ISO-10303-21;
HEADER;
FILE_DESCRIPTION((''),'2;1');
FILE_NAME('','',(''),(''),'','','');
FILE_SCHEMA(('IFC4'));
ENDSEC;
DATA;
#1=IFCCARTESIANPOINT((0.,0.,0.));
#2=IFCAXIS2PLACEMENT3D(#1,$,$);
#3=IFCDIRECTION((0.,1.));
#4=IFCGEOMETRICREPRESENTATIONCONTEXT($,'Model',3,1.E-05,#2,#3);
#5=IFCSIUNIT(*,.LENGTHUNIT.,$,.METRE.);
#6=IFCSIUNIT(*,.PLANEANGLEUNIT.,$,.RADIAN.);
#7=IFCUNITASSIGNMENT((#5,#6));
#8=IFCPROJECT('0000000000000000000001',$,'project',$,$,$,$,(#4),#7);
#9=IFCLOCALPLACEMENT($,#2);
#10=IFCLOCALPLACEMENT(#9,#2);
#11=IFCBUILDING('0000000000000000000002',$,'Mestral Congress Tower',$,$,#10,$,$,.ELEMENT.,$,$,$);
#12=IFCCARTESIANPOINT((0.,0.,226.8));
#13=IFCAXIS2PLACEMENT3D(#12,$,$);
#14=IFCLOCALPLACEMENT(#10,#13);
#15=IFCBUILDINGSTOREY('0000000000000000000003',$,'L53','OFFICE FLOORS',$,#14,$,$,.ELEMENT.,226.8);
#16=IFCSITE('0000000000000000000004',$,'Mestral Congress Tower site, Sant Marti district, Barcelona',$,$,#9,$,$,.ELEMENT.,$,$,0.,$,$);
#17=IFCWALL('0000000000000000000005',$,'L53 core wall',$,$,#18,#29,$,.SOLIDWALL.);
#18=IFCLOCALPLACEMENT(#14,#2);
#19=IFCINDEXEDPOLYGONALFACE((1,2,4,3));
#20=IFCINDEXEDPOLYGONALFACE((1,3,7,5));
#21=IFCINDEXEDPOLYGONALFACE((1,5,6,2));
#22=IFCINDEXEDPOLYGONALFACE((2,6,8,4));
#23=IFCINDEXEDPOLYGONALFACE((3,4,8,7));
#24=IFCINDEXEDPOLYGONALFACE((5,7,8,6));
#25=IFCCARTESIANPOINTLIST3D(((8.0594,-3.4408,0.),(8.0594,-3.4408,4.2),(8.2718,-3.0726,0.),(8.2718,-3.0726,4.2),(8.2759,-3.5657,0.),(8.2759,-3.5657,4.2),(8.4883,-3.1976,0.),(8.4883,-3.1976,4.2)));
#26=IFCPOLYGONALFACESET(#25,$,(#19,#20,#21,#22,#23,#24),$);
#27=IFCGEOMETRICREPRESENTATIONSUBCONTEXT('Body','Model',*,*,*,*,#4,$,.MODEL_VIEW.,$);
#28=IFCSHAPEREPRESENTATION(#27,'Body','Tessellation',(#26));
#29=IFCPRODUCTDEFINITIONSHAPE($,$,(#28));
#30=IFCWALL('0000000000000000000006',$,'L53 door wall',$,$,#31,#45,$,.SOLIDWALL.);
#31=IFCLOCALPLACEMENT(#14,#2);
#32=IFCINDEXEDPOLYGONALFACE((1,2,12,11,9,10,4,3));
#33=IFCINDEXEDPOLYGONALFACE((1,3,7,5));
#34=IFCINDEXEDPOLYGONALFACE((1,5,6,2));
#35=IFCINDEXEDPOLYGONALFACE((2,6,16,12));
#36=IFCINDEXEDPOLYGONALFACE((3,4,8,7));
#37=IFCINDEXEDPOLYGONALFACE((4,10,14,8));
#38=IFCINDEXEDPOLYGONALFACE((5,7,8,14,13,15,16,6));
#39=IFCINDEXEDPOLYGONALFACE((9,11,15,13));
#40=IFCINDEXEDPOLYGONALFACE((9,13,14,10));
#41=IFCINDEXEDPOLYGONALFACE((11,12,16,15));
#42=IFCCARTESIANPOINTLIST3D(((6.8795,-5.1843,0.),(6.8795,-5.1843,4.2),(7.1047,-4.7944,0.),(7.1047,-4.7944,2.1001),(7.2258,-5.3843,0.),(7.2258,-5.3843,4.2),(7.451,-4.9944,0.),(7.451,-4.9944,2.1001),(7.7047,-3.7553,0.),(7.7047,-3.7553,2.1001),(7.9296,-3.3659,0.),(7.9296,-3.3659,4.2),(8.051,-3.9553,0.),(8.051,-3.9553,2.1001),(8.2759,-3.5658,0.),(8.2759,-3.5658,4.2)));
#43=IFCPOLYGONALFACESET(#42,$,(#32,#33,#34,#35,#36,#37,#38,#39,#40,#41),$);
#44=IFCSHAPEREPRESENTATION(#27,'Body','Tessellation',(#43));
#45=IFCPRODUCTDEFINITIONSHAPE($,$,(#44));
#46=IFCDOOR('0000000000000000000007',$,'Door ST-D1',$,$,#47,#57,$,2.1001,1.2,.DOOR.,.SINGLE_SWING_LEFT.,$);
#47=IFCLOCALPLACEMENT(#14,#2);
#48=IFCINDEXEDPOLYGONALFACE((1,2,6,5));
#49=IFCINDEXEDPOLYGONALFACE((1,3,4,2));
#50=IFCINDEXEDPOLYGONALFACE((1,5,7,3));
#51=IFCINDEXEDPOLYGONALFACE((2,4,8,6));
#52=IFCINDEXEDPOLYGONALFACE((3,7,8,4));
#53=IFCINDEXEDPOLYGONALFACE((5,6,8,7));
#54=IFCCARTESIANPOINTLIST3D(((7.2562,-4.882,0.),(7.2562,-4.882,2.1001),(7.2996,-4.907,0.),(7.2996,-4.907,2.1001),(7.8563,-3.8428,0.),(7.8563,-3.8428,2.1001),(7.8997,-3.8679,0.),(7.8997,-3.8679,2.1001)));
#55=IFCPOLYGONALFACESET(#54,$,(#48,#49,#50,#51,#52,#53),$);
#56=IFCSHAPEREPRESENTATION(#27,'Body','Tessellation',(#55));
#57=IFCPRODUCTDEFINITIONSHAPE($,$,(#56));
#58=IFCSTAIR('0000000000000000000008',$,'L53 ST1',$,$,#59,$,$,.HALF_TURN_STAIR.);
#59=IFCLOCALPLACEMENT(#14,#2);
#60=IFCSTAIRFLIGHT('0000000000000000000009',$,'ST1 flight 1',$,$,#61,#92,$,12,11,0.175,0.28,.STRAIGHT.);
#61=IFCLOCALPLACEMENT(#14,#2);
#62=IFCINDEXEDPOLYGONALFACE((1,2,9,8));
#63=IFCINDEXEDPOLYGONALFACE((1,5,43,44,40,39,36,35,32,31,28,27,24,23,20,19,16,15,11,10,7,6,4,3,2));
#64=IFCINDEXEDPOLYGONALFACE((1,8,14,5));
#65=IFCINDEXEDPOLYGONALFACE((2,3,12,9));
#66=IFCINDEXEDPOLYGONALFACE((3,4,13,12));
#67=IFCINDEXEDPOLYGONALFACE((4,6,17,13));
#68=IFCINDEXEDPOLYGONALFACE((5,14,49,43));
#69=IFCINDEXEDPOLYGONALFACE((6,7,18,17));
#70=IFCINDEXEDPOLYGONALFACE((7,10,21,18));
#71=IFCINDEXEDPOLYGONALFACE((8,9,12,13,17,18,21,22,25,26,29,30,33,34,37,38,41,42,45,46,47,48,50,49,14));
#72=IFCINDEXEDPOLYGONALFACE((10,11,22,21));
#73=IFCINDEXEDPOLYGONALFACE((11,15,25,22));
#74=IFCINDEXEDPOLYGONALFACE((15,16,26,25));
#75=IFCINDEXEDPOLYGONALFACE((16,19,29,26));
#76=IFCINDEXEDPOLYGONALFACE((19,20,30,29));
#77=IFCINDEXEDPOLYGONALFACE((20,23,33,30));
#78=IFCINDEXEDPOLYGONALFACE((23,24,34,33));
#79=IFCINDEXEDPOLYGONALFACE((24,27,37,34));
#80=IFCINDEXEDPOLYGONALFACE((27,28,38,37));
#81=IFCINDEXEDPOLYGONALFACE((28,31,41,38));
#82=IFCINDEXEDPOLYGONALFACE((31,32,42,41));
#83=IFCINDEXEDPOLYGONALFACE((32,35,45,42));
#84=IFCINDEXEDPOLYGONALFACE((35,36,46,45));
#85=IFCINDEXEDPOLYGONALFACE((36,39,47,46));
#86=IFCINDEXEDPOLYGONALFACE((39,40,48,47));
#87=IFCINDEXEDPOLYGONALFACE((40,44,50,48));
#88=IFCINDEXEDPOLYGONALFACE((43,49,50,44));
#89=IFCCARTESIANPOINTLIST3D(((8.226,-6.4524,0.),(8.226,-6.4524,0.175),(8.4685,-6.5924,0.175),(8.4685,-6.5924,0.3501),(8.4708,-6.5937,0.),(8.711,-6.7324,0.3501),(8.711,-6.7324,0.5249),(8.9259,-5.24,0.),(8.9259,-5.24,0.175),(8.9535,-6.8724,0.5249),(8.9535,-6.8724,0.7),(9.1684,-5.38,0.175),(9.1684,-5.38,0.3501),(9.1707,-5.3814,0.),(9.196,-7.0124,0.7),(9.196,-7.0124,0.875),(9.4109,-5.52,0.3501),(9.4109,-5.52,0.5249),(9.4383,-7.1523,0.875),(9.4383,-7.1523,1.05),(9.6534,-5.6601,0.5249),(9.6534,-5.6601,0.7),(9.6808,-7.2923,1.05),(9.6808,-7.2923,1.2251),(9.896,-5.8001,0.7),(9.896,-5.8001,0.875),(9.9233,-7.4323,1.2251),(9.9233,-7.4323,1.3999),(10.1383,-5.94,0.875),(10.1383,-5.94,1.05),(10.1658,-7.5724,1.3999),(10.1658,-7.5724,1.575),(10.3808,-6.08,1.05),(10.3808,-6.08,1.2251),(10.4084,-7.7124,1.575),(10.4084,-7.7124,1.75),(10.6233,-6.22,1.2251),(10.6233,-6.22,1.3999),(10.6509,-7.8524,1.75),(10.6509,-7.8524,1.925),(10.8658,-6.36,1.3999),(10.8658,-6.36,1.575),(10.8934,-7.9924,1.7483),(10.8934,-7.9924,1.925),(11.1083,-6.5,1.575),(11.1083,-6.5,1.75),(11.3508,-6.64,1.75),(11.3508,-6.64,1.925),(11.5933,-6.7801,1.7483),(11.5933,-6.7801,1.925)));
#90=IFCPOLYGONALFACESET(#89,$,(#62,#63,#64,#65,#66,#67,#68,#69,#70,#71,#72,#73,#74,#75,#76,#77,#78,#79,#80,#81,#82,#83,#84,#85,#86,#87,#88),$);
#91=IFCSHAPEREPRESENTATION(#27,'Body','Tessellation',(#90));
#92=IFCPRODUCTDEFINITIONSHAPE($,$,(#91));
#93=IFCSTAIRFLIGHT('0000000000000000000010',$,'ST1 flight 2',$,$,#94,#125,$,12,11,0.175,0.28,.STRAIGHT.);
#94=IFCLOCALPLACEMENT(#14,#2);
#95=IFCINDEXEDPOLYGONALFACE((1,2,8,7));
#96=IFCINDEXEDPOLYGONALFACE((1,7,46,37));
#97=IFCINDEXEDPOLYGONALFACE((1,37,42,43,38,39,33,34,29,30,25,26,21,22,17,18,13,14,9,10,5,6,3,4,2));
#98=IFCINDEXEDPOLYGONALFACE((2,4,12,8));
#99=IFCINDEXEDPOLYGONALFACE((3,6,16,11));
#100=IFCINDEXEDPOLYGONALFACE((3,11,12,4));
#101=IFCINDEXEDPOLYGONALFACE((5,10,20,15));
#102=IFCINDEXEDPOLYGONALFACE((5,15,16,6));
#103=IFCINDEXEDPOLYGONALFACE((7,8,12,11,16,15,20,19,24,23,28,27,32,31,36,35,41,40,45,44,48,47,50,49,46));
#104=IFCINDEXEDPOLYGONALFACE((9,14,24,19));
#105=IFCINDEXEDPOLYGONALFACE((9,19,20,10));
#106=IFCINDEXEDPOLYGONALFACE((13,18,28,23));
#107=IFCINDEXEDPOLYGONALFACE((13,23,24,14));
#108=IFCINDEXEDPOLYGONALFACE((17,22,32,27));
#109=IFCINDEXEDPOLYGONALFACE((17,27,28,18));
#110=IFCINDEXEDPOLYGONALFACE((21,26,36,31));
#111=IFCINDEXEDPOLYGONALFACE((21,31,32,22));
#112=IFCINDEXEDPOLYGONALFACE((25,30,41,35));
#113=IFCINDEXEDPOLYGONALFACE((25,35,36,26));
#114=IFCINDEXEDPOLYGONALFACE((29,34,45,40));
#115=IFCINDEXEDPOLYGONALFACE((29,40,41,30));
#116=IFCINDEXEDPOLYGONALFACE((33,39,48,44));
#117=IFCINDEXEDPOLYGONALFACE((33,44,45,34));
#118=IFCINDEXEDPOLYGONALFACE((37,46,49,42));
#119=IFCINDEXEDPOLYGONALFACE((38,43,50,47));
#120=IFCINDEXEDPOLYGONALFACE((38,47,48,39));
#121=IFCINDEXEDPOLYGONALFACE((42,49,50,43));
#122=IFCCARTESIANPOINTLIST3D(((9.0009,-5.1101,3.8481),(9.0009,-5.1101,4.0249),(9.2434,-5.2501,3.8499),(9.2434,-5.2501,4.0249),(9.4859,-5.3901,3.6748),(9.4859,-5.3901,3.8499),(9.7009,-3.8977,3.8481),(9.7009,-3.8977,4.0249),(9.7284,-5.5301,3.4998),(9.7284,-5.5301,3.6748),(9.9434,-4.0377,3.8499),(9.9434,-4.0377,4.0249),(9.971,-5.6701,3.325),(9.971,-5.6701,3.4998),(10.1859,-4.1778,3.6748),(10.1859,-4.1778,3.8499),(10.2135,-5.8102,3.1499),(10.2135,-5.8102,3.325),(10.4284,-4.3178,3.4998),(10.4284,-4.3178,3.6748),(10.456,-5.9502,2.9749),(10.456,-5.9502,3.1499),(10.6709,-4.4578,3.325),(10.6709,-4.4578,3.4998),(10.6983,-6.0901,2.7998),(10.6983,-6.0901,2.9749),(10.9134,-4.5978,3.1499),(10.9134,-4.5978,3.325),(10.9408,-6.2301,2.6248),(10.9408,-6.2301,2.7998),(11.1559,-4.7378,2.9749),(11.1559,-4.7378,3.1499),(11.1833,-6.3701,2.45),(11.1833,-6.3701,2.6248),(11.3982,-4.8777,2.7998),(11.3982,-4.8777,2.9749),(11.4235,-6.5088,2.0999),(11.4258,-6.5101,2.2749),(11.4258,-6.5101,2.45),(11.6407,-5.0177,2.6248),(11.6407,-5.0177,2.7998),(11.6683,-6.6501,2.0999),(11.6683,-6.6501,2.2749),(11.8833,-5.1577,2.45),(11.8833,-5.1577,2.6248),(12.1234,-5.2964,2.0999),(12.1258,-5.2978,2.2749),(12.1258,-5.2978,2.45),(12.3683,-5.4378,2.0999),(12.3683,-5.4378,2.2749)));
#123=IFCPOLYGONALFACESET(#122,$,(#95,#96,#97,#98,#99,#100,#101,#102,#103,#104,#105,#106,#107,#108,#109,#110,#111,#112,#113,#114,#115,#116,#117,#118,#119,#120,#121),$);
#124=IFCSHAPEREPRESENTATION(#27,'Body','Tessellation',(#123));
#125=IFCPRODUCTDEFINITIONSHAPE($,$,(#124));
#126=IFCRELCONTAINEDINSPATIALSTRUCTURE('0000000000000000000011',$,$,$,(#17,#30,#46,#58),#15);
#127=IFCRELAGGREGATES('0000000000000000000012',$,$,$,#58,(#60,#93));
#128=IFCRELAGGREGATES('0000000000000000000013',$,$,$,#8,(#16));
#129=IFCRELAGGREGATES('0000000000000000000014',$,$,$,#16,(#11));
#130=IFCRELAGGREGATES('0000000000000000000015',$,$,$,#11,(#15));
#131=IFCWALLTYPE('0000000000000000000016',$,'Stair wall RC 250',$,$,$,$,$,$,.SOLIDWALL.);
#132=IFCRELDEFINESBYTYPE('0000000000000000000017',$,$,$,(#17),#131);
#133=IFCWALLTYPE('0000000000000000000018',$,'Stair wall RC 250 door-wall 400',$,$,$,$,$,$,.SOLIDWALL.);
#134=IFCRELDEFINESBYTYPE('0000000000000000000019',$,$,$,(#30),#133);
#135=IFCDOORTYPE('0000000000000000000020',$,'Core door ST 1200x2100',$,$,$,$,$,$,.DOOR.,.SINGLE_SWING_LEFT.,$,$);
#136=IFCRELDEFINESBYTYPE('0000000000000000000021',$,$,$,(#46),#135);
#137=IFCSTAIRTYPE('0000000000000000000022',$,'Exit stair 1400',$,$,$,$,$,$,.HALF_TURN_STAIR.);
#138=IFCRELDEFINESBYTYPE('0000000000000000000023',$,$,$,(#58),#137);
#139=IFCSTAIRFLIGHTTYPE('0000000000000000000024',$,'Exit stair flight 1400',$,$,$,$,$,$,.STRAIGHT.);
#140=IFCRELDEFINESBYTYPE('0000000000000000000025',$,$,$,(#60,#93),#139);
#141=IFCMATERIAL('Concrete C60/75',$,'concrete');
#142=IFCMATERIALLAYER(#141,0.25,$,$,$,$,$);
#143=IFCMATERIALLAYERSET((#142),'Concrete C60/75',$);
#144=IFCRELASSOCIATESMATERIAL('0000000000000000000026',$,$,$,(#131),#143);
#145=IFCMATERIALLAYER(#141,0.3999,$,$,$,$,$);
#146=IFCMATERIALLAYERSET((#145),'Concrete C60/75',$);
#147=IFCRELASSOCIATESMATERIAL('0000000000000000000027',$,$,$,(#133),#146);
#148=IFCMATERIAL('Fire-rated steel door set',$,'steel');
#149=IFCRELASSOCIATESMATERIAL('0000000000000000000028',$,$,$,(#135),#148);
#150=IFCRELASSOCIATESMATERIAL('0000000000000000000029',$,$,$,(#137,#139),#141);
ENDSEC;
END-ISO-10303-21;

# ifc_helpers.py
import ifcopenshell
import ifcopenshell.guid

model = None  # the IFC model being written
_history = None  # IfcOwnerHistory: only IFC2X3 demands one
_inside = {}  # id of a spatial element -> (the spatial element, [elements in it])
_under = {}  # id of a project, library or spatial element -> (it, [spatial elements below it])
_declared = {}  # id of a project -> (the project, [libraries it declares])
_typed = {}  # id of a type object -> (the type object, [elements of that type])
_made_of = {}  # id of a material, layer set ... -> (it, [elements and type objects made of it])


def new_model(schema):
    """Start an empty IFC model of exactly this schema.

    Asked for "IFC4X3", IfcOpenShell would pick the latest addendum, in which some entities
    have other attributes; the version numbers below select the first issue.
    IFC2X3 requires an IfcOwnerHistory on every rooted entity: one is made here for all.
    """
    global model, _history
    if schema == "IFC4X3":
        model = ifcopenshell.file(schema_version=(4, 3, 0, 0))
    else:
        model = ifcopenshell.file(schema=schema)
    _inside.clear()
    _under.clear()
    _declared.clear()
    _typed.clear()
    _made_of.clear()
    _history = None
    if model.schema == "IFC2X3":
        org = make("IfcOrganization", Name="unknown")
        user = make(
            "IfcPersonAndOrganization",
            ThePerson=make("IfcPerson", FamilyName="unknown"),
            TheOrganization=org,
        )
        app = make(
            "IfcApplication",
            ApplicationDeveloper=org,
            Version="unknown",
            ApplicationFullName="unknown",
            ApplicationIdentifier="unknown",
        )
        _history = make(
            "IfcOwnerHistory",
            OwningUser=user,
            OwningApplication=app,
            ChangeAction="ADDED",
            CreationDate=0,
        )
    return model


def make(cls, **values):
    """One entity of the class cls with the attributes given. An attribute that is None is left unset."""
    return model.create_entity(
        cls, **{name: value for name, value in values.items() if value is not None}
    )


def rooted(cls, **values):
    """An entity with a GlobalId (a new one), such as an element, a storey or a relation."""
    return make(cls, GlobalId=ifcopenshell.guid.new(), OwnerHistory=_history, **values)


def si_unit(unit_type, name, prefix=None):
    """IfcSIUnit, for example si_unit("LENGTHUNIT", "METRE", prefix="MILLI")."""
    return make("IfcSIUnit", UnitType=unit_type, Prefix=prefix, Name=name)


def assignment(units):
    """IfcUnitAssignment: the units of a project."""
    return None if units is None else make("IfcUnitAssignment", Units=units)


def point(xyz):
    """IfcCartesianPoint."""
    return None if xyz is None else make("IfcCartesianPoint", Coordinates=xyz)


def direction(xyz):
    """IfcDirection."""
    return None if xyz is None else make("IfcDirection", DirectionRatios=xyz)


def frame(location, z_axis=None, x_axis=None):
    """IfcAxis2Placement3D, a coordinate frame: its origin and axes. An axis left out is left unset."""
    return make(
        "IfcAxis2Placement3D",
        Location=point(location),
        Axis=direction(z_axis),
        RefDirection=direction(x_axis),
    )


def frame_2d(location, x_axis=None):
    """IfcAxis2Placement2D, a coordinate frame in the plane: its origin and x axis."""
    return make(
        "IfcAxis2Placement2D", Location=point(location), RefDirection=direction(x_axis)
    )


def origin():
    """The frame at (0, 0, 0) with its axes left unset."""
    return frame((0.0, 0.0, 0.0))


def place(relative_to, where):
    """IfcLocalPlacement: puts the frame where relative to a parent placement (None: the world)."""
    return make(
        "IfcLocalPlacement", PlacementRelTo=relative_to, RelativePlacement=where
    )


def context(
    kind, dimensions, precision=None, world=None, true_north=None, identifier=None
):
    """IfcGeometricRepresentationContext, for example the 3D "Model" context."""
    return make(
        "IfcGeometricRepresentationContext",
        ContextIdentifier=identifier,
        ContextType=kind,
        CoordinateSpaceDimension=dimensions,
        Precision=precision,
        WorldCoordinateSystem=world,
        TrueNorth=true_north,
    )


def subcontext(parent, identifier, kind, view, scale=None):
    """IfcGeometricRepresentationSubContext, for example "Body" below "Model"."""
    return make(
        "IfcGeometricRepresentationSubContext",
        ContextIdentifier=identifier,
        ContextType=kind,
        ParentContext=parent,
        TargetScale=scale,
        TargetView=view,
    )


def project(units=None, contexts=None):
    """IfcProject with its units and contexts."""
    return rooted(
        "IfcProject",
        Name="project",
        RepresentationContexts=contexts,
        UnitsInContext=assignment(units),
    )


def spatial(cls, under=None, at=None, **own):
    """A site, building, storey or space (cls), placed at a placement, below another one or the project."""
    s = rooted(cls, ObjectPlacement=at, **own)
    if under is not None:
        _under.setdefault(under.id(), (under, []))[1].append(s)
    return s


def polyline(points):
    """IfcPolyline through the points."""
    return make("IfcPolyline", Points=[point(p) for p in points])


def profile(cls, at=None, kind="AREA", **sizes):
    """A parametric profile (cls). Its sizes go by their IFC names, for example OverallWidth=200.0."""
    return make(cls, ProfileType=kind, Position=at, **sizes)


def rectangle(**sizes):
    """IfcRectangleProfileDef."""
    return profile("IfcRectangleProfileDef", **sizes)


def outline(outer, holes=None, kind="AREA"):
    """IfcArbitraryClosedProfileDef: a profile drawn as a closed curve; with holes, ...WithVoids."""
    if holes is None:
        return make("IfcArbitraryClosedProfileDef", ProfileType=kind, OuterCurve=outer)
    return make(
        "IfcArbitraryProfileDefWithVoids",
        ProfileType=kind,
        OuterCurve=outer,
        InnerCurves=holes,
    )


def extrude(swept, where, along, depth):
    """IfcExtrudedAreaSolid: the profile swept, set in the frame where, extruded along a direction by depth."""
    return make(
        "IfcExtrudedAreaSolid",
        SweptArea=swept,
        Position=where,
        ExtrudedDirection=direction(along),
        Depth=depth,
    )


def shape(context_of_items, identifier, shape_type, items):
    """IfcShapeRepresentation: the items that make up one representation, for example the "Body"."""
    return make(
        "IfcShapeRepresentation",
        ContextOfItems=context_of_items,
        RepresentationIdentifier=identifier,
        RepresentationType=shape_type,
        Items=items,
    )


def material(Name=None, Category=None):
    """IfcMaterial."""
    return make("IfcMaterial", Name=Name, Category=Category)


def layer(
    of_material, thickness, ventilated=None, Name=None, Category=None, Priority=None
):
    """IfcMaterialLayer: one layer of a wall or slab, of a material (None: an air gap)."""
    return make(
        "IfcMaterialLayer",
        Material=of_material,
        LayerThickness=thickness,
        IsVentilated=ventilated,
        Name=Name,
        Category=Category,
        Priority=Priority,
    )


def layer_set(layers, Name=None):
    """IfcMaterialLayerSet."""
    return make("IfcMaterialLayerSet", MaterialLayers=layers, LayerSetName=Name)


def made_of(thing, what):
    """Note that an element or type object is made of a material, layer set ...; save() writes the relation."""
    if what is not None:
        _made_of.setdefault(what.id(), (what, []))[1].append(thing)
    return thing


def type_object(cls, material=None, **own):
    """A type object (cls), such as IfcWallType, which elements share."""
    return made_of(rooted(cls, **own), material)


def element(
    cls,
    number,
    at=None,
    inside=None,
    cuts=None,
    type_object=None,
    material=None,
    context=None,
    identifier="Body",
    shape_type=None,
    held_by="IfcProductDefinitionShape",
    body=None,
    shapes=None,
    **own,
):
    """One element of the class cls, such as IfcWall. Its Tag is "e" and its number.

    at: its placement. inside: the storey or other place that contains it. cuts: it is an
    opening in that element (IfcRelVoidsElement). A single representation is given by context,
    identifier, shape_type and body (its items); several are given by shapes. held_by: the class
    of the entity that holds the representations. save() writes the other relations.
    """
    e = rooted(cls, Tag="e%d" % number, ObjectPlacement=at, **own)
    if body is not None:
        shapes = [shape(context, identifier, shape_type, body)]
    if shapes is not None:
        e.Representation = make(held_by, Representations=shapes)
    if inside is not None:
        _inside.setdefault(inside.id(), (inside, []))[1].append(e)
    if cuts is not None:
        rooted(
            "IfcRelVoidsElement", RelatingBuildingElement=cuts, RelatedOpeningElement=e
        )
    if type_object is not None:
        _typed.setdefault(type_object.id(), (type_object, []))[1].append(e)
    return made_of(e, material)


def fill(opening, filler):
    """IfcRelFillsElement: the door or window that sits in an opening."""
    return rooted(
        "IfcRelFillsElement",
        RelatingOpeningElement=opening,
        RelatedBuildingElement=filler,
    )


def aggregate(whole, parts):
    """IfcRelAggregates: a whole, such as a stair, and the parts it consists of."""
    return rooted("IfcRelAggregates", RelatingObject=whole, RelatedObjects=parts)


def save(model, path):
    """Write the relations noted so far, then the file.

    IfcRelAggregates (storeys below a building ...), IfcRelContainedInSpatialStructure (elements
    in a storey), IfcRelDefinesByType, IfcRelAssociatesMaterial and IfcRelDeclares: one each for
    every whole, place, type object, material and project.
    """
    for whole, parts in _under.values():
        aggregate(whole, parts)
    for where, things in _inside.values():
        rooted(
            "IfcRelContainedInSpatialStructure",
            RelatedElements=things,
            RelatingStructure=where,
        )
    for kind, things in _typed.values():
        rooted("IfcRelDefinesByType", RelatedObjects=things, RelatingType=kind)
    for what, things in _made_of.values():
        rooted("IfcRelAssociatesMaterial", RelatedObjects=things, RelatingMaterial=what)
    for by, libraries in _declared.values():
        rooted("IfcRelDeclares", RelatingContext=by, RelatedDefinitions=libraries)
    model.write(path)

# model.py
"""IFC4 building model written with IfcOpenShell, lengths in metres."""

from ifc_helpers import new_model, si_unit, direction, frame, frame_2d, origin, place, context, subcontext, project, spatial, polyline, rectangle, outline, extrude, material, layer, layer_set, type_object, element, fill, aggregate, save


model = new_model("IFC4")

# Units and contexts
model_context = context("Model", 3, precision=1e-05, world=origin(), true_north=direction((0.0, 1.0)))
body_context = subcontext(model_context, "Body", "Model", "MODEL_VIEW")
ifc_project = project(units=[si_unit("LENGTHUNIT", "METRE"), si_unit("PLANEANGLEUNIT", "RADIAN")], contexts=[model_context])

# Site, building, storey
site_placement = place(None, origin())
site = spatial("IfcSite", under=ifc_project, at=site_placement, Name="Mestral Congress Tower site, Sant Marti district, Barcelona", CompositionType="ELEMENT", RefElevation=0.0)
building_placement = place(site_placement, origin())
building = spatial("IfcBuilding", under=site, at=building_placement, Name="Mestral Congress Tower", CompositionType="ELEMENT")
storey_placement = place(building_placement, frame((0.0, 0.0, 226.8)))
storey = spatial("IfcBuildingStorey", under=building, at=storey_placement, Name="L53", Description="OFFICE FLOORS", CompositionType="ELEMENT", Elevation=226.8)

# Shared definitions
ifc_material_1 = material(Name="Fire-rated steel door set", Category="steel")
ifc_material_2 = material(Name="Concrete C60/75", Category="concrete")

# Wall
ifc_layer_1 = layer(ifc_material_2, 0.25)
ifc_layer_set_1 = layer_set([ifc_layer_1], Name="Concrete C60/75")
wall_type_1 = type_object("IfcWallType", Name="Stair wall RC 250", PredefinedType="SOLIDWALL", material=ifc_layer_set_1)
wall_1_placement = place(storey_placement, frame((8.1677, -3.5032, 0.0), z_axis=(0.0, 0.0, 1.0), x_axis=(0.499722, 0.866186, 0.0)))
element("IfcWall", 1, at=wall_1_placement, inside=storey, type_object=wall_type_1, Name="L53 core wall", PredefinedType="SOLIDWALL", context=body_context, shape_type="SweptSolid", body=[
    extrude(rectangle(XDim=0.425, YDim=0.25, at=frame_2d((0.2124, 0.0))), origin(), (0.0, 0.0, 1.0), 4.2),
])

# Wall, opening, door
ifc_layer_2 = layer(ifc_material_2, 0.3999)
ifc_layer_set_2 = layer_set([ifc_layer_2], Name="Concrete C60/75")
wall_type_2 = type_object("IfcWallType", Name="Stair wall RC 250 door-wall 400", PredefinedType="SOLIDWALL", material=ifc_layer_set_2)
wall_2_placement = place(storey_placement, frame((7.0527, -5.2842, 0.0), z_axis=(0.0, 0.0, 1.0), x_axis=(0.500078, 0.86598, 0.0)))
wall_2 = element("IfcWall", 2, at=wall_2_placement, inside=storey, type_object=wall_type_2, Name="L53 door wall", PredefinedType="SOLIDWALL", context=body_context, shape_type="SweptSolid", body=[
    extrude(rectangle(XDim=2.0999, YDim=0.3999, at=frame_2d((1.0498, 0.0))), origin(), (0.0, 0.0, 1.0), 4.2),
])
opening_1_placement = place(wall_2_placement, frame((0.45, 0.0, 0.0)))
opening_1 = element("IfcOpeningElement", 3, at=opening_1_placement, cuts=wall_2, PredefinedType="OPENING", context=body_context, shape_type="SweptSolid", body=[
    extrude(rectangle(XDim=1.2, YDim=2.1001, at=frame_2d((0.6001, 1.05))), frame((0.0, 0.21, 0.0), z_axis=(0.0, -1.0, 0.0), x_axis=(1.0, 0.0, 0.0)), (0.0, 0.0, 1.0), 0.4199),
])
door_type_1 = type_object("IfcDoorType", Name="Core door ST 1200x2100", OperationType="SINGLE_SWING_LEFT", PredefinedType="DOOR", material=ifc_material_1)
door_1_placement = place(opening_1_placement, origin())
door_1 = element("IfcDoor", 4, at=door_1_placement, inside=storey, type_object=door_type_1, Name="Door ST-D1", OperationType="SINGLE_SWING_LEFT", OverallHeight=2.1001, OverallWidth=1.2, PredefinedType="DOOR", context=body_context, shape_type="SweptSolid", body=[
    extrude(rectangle(XDim=1.2, YDim=2.1001, at=frame_2d((0.6001, 1.05))), frame((0.0, 0.0249, 0.0), z_axis=(0.0, -1.0, 0.0), x_axis=(1.0, 0.0, 0.0)), (0.0, 0.0, 1.0), 0.05),
])
fill(opening_1, door_1)

# Stair, stair flights
stair_type = type_object("IfcStairType", Name="Exit stair 1400", PredefinedType="HALF_TURN_STAIR", material=ifc_material_2)
stair_placement = place(storey_placement, origin())
stair = element("IfcStair", 5, at=stair_placement, inside=storey, type_object=stair_type, Name="L53 ST1", PredefinedType="HALF_TURN_STAIR")
stair_flight_type = type_object("IfcStairFlightType", Name="Exit stair flight 1400", PredefinedType="STRAIGHT", material=ifc_material_2)
stair_flight_1_placement = place(storey_placement, frame((8.5759, -5.8462, 0.0), z_axis=(0.0, 0.0, 1.0), x_axis=(0.866025, -0.5, 0.0)))
stair_flight_1 = element("IfcStairFlight", 6, at=stair_flight_1_placement, type_object=stair_flight_type, Name="ST1 flight 1", NumberOfRisers=12, NumberOfTreads=11, PredefinedType="STRAIGHT", RiserHeight=0.175, TreadLength=0.28, context=body_context, shape_type="SweptSolid", body=[
    extrude(outline(polyline([(0.0, 0.0), (0.0, 0.175), (0.28, 0.175), (0.28, 0.3501), (0.5601, 0.3501), (0.5601, 0.5249), (0.8401, 0.5249), (0.8401, 0.7), (1.1201, 0.7), (1.1201, 0.875), (1.3999, 0.875), (1.3999, 1.05), (1.6799, 1.05), (1.6799, 1.2251), (1.96, 1.2251), (1.96, 1.3999), (2.24, 1.3999), (2.24, 1.575), (2.52, 1.575), (2.52, 1.75), (2.8, 1.75), (2.8, 1.925), (3.0801, 1.925), (3.0801, 2.1001), (3.0801, 1.7483), (0.2827, 0.0), (0.0, 0.0)])), frame((0.0, 0.7, 0.0), z_axis=(0.0, -1.0, 0.0), x_axis=(1.0, 0.0, 0.0)), (0.0, 0.0, 1.0), 1.3999),
])
stair_flight_2_placement = place(storey_placement, frame((12.0183, -6.0439, 2.0999), z_axis=(0.0, 0.0, 1.0), x_axis=(-0.866025, 0.5, 0.0)))
stair_flight_2 = element("IfcStairFlight", 7, at=stair_flight_2_placement, type_object=stair_flight_type, Name="ST1 flight 2", NumberOfRisers=12, NumberOfTreads=11, PredefinedType="STRAIGHT", RiserHeight=0.175, TreadLength=0.28, context=body_context, shape_type="SweptSolid", body=[
    extrude(outline(polyline([(0.0, 0.0), (0.0, 0.175), (0.28, 0.175), (0.28, 0.3501), (0.5601, 0.3501), (0.5601, 0.5249), (0.8401, 0.5249), (0.8401, 0.7), (1.1201, 0.7), (1.1201, 0.875), (1.3999, 0.875), (1.3999, 1.05), (1.6799, 1.05), (1.6799, 1.2251), (1.96, 1.2251), (1.96, 1.3999), (2.24, 1.3999), (2.24, 1.575), (2.52, 1.575), (2.52, 1.75), (2.8, 1.75), (2.8, 1.925), (3.0801, 1.925), (3.0801, 2.1001), (3.0801, 1.7483), (0.2827, 0.0), (0.0, 0.0)])), frame((0.0, 0.7, 0.0), z_axis=(0.0, -1.0, 0.0), x_axis=(1.0, 0.0, 0.0)), (0.0, 0.0, 1.0), 1.3999),
])
aggregate(stair, [stair_flight_1, stair_flight_2])

save(model, "model.ifc")
